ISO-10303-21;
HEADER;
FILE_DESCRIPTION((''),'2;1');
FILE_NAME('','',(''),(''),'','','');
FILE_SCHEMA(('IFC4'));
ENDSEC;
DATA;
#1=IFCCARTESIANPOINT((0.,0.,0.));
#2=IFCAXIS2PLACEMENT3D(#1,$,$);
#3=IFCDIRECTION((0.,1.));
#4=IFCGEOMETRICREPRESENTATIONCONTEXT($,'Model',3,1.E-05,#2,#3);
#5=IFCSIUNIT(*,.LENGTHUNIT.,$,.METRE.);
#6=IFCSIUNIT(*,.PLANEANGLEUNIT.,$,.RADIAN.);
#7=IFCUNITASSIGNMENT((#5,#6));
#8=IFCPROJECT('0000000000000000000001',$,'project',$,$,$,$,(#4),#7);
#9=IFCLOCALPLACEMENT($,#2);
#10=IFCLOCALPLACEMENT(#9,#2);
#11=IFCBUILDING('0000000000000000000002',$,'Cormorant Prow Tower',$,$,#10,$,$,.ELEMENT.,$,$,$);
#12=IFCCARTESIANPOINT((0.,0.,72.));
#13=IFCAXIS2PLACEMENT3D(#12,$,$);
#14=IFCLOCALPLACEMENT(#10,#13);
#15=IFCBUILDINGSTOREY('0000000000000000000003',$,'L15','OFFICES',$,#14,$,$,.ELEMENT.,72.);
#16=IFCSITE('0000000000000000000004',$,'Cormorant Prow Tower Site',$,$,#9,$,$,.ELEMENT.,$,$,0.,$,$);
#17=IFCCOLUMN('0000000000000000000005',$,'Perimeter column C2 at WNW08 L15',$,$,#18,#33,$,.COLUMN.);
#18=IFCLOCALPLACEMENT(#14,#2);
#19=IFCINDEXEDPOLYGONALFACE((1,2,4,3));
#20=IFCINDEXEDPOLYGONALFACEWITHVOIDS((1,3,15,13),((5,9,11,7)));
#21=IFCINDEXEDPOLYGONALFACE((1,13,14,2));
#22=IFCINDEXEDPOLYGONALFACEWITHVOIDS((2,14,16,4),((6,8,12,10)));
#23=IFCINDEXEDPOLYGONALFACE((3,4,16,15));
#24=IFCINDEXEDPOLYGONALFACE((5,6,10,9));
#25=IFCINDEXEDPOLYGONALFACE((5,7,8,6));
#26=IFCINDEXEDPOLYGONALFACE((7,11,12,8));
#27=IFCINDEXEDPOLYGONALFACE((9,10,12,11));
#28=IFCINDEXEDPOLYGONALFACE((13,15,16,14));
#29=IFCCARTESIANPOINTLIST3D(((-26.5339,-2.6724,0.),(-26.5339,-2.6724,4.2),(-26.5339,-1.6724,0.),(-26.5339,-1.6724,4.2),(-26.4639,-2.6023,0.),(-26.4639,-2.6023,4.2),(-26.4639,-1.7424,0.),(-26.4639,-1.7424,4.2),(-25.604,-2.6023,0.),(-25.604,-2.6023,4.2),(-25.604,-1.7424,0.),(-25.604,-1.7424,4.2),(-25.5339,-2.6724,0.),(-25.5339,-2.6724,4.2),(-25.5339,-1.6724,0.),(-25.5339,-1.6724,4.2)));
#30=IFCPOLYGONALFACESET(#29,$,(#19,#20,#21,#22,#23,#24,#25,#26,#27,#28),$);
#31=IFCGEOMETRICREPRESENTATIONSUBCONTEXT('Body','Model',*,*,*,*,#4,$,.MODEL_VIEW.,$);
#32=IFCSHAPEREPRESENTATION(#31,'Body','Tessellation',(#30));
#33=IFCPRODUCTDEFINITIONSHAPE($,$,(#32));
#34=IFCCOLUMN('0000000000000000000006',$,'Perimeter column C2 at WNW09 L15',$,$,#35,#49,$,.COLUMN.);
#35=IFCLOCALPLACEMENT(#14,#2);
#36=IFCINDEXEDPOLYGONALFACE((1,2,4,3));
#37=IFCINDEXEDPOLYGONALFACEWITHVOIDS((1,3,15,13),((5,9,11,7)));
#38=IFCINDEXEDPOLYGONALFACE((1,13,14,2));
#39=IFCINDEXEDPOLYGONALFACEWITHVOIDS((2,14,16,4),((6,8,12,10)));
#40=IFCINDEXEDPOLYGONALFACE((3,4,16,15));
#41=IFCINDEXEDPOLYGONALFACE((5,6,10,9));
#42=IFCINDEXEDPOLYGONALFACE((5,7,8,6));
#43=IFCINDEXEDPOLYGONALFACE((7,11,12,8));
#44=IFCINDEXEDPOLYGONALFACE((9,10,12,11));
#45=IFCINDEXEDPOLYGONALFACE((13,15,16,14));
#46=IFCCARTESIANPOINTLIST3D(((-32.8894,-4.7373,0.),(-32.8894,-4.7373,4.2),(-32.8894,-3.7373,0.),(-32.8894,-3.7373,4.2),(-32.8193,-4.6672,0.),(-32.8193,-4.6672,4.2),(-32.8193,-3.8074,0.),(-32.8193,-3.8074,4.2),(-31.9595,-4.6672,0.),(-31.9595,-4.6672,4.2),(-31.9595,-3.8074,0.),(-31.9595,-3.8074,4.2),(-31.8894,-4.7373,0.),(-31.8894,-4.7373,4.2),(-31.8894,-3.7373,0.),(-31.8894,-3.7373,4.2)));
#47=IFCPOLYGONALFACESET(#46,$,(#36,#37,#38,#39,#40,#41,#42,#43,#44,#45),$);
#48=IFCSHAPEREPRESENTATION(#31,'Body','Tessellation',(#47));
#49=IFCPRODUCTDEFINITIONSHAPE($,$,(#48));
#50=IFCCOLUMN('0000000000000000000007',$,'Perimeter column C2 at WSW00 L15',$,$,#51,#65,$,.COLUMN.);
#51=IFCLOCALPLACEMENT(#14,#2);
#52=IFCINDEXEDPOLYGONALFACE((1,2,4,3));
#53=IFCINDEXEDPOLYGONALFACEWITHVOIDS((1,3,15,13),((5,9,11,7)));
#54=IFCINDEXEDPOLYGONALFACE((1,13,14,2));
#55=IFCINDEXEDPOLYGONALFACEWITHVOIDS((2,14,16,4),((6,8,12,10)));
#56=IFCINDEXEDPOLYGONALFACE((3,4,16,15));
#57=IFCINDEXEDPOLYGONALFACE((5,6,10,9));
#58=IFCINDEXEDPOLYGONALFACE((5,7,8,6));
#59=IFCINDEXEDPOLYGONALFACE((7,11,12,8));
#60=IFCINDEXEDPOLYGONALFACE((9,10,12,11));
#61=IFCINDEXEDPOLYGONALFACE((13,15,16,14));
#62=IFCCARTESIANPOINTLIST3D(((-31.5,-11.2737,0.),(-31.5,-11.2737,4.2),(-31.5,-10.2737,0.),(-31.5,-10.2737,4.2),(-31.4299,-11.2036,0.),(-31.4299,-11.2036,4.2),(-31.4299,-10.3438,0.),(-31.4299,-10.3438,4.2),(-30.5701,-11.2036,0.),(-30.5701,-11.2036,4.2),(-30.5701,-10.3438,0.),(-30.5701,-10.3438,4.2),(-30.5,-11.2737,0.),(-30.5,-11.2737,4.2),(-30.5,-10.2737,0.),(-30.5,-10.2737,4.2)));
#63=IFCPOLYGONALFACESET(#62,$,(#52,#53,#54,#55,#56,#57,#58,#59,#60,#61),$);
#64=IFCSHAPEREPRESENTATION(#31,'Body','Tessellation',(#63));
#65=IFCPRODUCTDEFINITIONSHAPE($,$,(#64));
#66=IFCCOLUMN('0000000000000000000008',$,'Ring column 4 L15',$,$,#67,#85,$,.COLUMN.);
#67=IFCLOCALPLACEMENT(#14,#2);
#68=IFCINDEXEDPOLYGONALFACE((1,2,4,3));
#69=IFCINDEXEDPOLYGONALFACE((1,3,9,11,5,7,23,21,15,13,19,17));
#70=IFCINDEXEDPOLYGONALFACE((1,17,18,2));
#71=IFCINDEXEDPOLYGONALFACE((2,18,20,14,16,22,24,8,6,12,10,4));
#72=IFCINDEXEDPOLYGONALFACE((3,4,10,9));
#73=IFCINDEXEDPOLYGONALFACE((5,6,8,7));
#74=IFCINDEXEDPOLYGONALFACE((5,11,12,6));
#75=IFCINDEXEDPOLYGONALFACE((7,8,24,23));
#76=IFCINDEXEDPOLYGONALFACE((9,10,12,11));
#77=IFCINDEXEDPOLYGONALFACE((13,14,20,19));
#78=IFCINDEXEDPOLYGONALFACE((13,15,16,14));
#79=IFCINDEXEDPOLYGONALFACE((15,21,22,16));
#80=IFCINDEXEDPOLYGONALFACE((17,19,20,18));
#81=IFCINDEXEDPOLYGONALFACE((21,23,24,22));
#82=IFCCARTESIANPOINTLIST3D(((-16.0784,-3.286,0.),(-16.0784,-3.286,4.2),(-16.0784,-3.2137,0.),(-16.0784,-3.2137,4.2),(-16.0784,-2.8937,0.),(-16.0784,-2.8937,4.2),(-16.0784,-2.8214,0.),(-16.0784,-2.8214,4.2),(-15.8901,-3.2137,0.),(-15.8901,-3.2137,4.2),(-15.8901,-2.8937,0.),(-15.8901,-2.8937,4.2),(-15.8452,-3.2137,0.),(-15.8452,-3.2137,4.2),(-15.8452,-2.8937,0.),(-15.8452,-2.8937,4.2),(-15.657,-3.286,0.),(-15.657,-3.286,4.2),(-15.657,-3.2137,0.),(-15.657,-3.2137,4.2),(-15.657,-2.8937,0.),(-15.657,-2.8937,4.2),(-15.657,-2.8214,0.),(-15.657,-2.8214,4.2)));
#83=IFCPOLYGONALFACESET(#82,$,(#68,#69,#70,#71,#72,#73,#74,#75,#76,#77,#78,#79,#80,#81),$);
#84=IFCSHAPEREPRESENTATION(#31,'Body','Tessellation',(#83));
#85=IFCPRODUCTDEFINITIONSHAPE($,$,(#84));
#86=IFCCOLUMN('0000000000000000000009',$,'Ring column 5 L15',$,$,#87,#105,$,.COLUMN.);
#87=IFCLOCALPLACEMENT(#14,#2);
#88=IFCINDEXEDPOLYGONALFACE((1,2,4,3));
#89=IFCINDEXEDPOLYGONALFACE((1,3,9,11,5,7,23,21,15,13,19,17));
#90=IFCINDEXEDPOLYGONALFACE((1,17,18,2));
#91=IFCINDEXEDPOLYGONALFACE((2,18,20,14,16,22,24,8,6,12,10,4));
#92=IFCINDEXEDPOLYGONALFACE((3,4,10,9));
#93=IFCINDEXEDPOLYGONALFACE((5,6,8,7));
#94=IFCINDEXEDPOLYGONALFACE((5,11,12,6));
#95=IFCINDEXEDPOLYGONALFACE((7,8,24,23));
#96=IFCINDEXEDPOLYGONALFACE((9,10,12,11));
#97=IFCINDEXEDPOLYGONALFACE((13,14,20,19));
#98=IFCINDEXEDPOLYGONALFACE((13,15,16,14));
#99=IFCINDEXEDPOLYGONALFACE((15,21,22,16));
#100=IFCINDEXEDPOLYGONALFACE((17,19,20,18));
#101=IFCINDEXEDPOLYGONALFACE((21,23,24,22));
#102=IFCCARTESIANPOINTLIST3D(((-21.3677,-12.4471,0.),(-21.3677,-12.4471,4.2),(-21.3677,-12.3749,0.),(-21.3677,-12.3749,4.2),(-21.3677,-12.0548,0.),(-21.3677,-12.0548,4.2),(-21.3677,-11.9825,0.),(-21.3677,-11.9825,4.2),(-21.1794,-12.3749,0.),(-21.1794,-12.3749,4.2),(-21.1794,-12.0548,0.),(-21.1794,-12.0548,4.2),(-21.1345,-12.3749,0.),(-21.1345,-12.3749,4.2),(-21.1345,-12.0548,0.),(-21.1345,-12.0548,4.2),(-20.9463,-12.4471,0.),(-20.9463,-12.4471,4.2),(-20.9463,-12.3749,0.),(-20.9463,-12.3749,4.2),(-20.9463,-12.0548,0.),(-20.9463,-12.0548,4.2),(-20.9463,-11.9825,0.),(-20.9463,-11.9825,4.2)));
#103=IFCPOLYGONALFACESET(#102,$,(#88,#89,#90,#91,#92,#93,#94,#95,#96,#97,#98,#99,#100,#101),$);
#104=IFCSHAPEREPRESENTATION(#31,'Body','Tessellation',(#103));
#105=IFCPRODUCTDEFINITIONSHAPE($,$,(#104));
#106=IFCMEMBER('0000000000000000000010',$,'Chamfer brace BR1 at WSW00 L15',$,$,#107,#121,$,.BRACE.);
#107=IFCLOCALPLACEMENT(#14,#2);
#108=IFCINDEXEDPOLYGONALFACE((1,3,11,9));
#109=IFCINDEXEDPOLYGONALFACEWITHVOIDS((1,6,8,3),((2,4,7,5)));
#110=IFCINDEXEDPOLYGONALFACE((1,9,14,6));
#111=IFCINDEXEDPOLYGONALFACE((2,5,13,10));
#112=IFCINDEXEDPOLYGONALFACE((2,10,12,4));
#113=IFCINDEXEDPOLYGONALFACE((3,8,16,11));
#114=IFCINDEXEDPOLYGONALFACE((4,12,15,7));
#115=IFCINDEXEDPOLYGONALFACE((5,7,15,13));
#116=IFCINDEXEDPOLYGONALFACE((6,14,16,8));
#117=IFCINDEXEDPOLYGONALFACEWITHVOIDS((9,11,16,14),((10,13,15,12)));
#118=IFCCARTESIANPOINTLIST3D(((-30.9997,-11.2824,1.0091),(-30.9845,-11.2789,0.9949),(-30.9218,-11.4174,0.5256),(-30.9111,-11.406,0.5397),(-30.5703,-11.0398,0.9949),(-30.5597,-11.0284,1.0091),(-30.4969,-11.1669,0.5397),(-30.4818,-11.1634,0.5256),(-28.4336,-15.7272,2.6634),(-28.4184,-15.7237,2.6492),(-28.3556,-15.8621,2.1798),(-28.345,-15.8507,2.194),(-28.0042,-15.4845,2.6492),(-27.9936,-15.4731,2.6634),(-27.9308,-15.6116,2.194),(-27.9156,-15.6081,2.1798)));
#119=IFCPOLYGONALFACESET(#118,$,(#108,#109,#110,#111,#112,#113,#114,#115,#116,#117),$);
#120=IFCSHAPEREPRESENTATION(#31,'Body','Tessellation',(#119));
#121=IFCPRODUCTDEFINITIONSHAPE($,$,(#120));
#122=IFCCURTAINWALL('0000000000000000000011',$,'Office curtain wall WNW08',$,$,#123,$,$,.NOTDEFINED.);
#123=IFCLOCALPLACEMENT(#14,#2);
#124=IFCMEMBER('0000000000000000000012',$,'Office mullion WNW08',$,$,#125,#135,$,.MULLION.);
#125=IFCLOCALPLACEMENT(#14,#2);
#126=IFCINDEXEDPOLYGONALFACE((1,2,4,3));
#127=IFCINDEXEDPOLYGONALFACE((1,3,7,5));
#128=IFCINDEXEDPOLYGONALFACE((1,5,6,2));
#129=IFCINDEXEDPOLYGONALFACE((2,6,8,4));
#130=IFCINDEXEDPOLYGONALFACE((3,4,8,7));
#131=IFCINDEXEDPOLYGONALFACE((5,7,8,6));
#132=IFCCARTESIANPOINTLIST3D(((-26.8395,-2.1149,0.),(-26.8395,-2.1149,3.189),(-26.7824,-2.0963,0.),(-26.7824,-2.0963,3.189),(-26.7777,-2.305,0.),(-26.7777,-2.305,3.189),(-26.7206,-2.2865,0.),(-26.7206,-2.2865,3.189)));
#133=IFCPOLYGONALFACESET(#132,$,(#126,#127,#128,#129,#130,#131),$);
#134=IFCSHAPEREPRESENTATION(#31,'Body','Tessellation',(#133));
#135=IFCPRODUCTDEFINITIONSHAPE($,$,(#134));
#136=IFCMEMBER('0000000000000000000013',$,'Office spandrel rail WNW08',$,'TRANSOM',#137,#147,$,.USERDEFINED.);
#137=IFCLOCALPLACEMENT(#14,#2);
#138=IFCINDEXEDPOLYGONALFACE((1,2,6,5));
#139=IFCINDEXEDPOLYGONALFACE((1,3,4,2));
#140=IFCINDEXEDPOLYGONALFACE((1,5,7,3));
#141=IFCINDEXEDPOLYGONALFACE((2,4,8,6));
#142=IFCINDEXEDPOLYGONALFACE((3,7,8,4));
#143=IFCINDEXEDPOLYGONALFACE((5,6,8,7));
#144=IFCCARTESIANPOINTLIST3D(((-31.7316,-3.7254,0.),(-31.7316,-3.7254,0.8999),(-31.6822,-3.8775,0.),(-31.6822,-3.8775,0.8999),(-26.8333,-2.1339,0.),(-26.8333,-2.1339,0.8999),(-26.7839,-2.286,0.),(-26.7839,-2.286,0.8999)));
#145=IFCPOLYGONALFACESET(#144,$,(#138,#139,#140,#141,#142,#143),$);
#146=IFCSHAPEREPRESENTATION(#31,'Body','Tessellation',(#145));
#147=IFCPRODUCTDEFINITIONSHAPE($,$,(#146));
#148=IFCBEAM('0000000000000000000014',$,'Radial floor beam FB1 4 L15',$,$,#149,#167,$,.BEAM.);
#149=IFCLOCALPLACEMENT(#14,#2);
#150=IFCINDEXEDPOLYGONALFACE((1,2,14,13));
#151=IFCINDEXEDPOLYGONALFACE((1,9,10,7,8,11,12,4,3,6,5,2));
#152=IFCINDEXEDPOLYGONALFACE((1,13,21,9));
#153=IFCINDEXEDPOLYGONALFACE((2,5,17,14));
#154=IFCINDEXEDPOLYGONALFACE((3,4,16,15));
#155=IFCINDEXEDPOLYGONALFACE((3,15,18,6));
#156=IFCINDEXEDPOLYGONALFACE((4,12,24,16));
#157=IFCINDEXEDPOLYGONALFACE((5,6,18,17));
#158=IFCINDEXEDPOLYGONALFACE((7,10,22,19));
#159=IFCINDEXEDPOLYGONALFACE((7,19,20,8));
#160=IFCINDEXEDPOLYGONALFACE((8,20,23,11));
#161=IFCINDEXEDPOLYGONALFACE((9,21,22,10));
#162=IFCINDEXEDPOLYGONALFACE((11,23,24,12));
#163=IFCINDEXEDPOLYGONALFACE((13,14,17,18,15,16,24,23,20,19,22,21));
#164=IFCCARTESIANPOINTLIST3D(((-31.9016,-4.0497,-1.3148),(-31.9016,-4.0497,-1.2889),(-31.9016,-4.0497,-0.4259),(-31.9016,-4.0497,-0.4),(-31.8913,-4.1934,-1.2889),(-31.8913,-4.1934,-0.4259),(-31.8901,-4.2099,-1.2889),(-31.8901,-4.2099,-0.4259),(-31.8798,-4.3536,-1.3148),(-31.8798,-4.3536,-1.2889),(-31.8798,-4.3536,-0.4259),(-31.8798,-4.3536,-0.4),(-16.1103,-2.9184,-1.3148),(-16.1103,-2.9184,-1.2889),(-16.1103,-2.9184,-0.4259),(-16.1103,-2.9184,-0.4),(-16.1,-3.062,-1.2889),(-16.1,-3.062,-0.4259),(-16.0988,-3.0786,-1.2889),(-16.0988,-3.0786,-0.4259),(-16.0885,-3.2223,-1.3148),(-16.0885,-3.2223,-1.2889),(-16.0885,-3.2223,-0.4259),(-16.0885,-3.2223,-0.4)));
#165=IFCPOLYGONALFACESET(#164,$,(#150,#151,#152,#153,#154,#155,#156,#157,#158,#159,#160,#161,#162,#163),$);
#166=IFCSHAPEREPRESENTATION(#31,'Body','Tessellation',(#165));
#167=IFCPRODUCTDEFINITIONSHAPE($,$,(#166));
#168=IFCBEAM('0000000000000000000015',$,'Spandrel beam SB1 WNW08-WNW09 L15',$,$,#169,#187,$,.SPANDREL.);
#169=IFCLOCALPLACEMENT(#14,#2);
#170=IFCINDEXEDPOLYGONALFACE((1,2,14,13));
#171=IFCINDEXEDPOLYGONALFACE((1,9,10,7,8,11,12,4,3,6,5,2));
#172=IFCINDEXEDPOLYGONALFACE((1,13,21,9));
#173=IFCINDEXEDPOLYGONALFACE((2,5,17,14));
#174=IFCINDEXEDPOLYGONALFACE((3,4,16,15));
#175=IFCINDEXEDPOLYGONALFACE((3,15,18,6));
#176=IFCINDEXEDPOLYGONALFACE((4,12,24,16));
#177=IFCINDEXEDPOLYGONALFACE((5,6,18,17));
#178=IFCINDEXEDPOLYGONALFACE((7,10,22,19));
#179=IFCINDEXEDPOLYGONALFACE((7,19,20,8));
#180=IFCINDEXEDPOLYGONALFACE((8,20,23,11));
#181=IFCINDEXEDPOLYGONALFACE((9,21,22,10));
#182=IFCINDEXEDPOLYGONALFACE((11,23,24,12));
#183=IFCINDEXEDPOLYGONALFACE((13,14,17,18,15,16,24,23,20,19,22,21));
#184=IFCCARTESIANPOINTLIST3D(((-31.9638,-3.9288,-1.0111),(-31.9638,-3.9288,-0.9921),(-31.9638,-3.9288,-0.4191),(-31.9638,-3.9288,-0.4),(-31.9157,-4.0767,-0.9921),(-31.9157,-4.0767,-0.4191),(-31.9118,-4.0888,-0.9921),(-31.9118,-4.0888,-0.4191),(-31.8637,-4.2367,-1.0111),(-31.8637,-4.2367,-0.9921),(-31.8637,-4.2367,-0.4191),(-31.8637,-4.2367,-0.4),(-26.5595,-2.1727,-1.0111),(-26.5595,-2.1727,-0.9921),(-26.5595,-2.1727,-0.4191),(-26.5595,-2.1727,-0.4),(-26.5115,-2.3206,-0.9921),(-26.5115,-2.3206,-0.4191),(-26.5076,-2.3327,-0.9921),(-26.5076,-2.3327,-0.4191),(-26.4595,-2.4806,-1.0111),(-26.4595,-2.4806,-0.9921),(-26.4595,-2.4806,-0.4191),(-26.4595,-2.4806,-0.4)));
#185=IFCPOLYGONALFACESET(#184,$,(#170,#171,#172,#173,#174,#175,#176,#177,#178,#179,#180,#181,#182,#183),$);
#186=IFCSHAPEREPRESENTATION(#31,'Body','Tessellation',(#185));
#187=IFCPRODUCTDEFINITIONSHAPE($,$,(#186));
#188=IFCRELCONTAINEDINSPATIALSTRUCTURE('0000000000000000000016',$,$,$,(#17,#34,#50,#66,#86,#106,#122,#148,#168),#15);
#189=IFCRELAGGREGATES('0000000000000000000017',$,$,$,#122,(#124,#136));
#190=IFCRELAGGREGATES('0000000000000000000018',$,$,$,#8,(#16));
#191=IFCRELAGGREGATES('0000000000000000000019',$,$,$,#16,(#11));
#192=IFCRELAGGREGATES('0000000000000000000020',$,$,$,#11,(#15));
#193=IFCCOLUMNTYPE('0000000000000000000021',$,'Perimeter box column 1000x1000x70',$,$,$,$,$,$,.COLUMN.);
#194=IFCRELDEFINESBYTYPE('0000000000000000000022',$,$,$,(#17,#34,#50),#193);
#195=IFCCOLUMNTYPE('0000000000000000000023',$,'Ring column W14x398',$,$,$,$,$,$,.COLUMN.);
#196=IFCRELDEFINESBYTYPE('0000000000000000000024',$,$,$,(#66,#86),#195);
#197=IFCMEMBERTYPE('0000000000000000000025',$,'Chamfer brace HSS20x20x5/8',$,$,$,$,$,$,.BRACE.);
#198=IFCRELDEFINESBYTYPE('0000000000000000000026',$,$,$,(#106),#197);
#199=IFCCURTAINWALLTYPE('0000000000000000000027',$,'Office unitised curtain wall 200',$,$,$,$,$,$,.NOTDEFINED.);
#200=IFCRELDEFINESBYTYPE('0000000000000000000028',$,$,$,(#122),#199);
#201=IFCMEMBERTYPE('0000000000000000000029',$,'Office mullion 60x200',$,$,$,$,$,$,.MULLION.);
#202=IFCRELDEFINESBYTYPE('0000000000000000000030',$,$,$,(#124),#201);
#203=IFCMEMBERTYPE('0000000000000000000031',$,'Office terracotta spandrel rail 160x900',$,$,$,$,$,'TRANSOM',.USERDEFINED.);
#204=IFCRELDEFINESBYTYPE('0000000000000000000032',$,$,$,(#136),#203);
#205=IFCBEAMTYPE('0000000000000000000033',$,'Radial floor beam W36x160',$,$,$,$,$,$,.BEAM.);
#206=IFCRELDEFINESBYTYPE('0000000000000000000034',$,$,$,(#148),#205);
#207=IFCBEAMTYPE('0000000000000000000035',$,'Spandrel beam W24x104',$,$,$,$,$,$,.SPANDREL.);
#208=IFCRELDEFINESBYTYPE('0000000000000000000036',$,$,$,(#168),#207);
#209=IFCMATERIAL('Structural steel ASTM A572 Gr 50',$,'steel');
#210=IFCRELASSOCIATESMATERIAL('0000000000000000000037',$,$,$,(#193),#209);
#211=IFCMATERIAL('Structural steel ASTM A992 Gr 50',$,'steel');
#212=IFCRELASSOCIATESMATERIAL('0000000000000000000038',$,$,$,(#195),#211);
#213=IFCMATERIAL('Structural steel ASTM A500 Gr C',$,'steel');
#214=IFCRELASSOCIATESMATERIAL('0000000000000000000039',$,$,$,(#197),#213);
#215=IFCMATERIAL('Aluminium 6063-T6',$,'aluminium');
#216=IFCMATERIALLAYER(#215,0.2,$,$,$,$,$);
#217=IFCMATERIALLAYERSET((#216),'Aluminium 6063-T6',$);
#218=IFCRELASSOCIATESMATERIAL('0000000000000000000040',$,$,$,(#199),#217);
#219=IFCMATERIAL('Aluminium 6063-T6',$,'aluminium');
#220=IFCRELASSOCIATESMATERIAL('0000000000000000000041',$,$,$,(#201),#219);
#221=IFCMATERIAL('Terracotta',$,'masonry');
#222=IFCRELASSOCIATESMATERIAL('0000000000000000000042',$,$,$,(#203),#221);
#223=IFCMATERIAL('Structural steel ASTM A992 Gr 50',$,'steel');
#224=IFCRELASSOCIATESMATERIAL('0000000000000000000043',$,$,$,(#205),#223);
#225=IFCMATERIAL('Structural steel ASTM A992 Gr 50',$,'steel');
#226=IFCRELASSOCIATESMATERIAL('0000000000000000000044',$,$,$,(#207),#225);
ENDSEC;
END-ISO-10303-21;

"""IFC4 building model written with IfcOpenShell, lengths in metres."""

from ifc_helpers import new_model, si_unit, direction, frame, origin, origin_2d, place, context, subcontext, project, spatial, rectangle, hollow_rectangle, i_section, extrude, material, layer, layer_set, material_profile, profile_set, type_object, element, aggregate, save


model = new_model("IFC4")

# Units and contexts
model_context = context("Model", 3, precision=1e-05, world=origin(), true_north=direction((0.0, 1.0)))
body_context = subcontext(model_context, "Body", "Model", "MODEL_VIEW")
ifc_project = project(units=[si_unit("LENGTHUNIT", "METRE"), si_unit("PLANEANGLEUNIT", "RADIAN")], contexts=[model_context])

# Site, building, storey
site_placement = place(None, origin())
site = spatial("IfcSite", under=ifc_project, at=site_placement, Name="Cormorant Prow Tower Site", CompositionType="ELEMENT", RefElevation=0.0)
building_placement = place(site_placement, origin())
building = spatial("IfcBuilding", under=site, at=building_placement, Name="Cormorant Prow Tower", CompositionType="ELEMENT")
storey_placement = place(building_placement, frame((0.0, 0.0, 72.0)))
storey = spatial("IfcBuildingStorey", under=building, at=storey_placement, Name="L15", Description="OFFICES", CompositionType="ELEMENT", Elevation=72.0)

# Columns
ifc_material_1 = material(Name="Structural steel ASTM A572 Gr 50", Category="steel")
ifc_material_profile_1 = material_profile(ifc_material_1, hollow_rectangle(XDim=1.0, YDim=1.0, WallThickness=0.0701, at=origin_2d()), Name="Box 1000x1000x70")
ifc_profile_set_1 = profile_set([ifc_material_profile_1], Name="Structural steel ASTM A572 Gr 50")
column_type_1 = type_object("IfcColumnType", Name="Perimeter box column 1000x1000x70", PredefinedType="COLUMN", material=ifc_profile_set_1)
for number, where, z_axis, x_axis, name in (
    (1, (-26.0339, -2.1724, 0.0), (0.0, 0.0, 1.0), (1.0, 0.0, 0.0), "Perimeter column C2 at WNW08 L15"),
    (2, (-32.3894, -4.2373, 0.0), (0.0, 0.0, 1.0), (1.0, 0.0, 0.0), "Perimeter column C2 at WNW09 L15"),
    (3, (-31.0, -10.7737, 0.0), (0.0, 0.0, 1.0), (1.0, 0.0, 0.0), "Perimeter column C2 at WSW00 L15"),
):
    element("IfcColumn", number, at=place(storey_placement, frame(where, z_axis=z_axis, x_axis=x_axis)), inside=storey, type_object=column_type_1, Name=name, PredefinedType="COLUMN", context=body_context, shape_type="SweptSolid", body=[
        extrude(hollow_rectangle(XDim=1.0, YDim=1.0, WallThickness=0.0701, at=origin_2d()), origin(), (0.0, 0.0, 1.0), 4.2),
    ])
ifc_material_2 = material(Name="Structural steel ASTM A992 Gr 50", Category="steel")
ifc_material_profile_2 = material_profile(ifc_material_2, i_section(OverallWidth=0.4214, OverallDepth=0.4646, WebThickness=0.0449, FlangeThickness=0.0723, at=origin_2d()), Name="W14x398")
ifc_profile_set_2 = profile_set([ifc_material_profile_2], Name="Structural steel ASTM A992 Gr 50")
column_type_2 = type_object("IfcColumnType", Name="Ring column W14x398", PredefinedType="COLUMN", material=ifc_profile_set_2)
for number, where, z_axis, x_axis, name in (
    (4, (-15.8677, -3.0537, 0.0), (0.0, 0.0, 1.0), (1.0, 0.0, 0.0), "Ring column 4 L15"),
    (5, (-21.157, -12.2148, 0.0), (0.0, 0.0, 1.0), (1.0, 0.0, 0.0), "Ring column 5 L15"),
):
    element("IfcColumn", number, at=place(storey_placement, frame(where, z_axis=z_axis, x_axis=x_axis)), inside=storey, type_object=column_type_2, Name=name, PredefinedType="COLUMN", context=body_context, shape_type="SweptSolid", body=[
        extrude(i_section(OverallWidth=0.4214, OverallDepth=0.4646, WebThickness=0.0449, FlangeThickness=0.0723, at=origin_2d()), origin(), (0.0, 0.0, 1.0), 4.2),
    ])

# Member
ifc_material_3 = material(Name="Structural steel ASTM A500 Gr C", Category="steel")
ifc_material_profile_3 = material_profile(ifc_material_3, hollow_rectangle(XDim=0.5081, YDim=0.5081, WallThickness=0.0149, at=origin_2d()), Name="HSS20x20x5/8")
ifc_profile_set_3 = profile_set([ifc_material_profile_3], Name="Structural steel ASTM A500 Gr C")
member_type_1 = type_object("IfcMemberType", Name="Chamfer brace HSS20x20x5/8", PredefinedType="BRACE", material=ifc_profile_set_3)
member_1_placement = place(storey_placement, frame((-30.7407, -11.2229, 0.7673), z_axis=(0.475882, -0.82427, 0.306781), x_axis=(0.86603, 0.499991, 0.0)))
element("IfcMember", 6, at=member_1_placement, inside=storey, type_object=member_type_1, Name="Chamfer brace BR1 at WSW00 L15", PredefinedType="BRACE", context=body_context, shape_type="SweptSolid", body=[
    extrude(hollow_rectangle(XDim=0.5081, YDim=0.5081, WallThickness=0.0149, at=origin_2d()), origin(), (0.0, 0.0, 1.0), 5.3923),
])

# Curtain wall, members
ifc_material_4 = material(Name="Aluminium 6063-T6", Category="aluminium")
ifc_layer_1 = layer(ifc_material_4, 0.2)
ifc_layer_set_1 = layer_set([ifc_layer_1], Name="Aluminium 6063-T6")
curtain_wall_type = type_object("IfcCurtainWallType", Name="Office unitised curtain wall 200", PredefinedType="NOTDEFINED", material=ifc_layer_set_1)
curtain_wall_placement = place(storey_placement, origin())
curtain_wall = element("IfcCurtainWall", 7, at=curtain_wall_placement, inside=storey, type_object=curtain_wall_type, Name="Office curtain wall WNW08", PredefinedType="NOTDEFINED")
ifc_material_5 = material(Name="Aluminium 6063-T6", Category="aluminium")
ifc_material_profile_4 = material_profile(ifc_material_5, rectangle(XDim=0.2, YDim=0.0601, at=origin_2d()), Name="Office mullion 60x200")
ifc_profile_set_4 = profile_set([ifc_material_profile_4], Name="Aluminium 6063-T6")
member_type_2 = type_object("IfcMemberType", Name="Office mullion 60x200", PredefinedType="MULLION", material=ifc_profile_set_4)
member_2_placement = place(storey_placement, frame((-26.78, -2.2007, 0.0), z_axis=(0.0, 0.0, 1.0), x_axis=(0.309017, -0.951057, 0.0)))
member_2 = element("IfcMember", 8, at=member_2_placement, type_object=member_type_2, Name="Office mullion WNW08", PredefinedType="MULLION", context=body_context, shape_type="SweptSolid", body=[
    extrude(rectangle(XDim=0.2, YDim=0.0601, at=origin_2d()), origin(), (0.0, 0.0, 1.0), 3.189),
])
ifc_material_6 = material(Name="Terracotta", Category="masonry")
ifc_material_profile_5 = material_profile(ifc_material_6, rectangle(XDim=0.1599, YDim=0.8999, at=origin_2d()), Name="Office terracotta spandrel rail 160x900")
ifc_profile_set_5 = profile_set([ifc_material_profile_5], Name="Terracotta")
member_type_3 = type_object("IfcMemberType", Name="Office terracotta spandrel rail 160x900", ElementType="TRANSOM", PredefinedType="USERDEFINED", material=ifc_profile_set_5)
member_3_placement = place(storey_placement, frame((-26.8086, -2.21, 0.45), z_axis=(-0.951059, -0.309009, 0.0), x_axis=(0.309009, -0.951059, 0.0)))
member_3 = element("IfcMember", 9, at=member_3_placement, type_object=member_type_3, Name="Office spandrel rail WNW08", ObjectType="TRANSOM", PredefinedType="USERDEFINED", context=body_context, shape_type="SweptSolid", body=[
    extrude(rectangle(XDim=0.1599, YDim=0.8999, at=origin_2d()), origin(), (0.0, 0.0, 1.0), 5.1504),
])

# Beams
ifc_material_7 = material(Name="Structural steel ASTM A992 Gr 50", Category="steel")
ifc_material_profile_6 = material_profile(ifc_material_7, i_section(OverallWidth=0.3047, OverallDepth=0.9148, WebThickness=0.0166, FlangeThickness=0.0259, at=origin_2d()), Name="W36x160")
ifc_profile_set_6 = profile_set([ifc_material_profile_6], Name="Structural steel ASTM A992 Gr 50")
beam_type_1 = type_object("IfcBeamType", Name="Radial floor beam W36x160", PredefinedType="BEAM", material=ifc_profile_set_6)
beam_1_placement = place(storey_placement, frame((-16.0994, -3.0703, -0.8574), z_axis=(-0.997443, -0.071461, 0.0), x_axis=(0.071461, -0.997443, 0.0)))
element("IfcBeam", 10, at=beam_1_placement, inside=storey, type_object=beam_type_1, Name="Radial floor beam FB1 4 L15", PredefinedType="BEAM", context=body_context, shape_type="SweptSolid", body=[
    extrude(i_section(OverallWidth=0.3047, OverallDepth=0.9148, WebThickness=0.0166, FlangeThickness=0.0259, at=origin_2d()), origin(), (0.0, 0.0, 1.0), 15.8318),
])
ifc_material_8 = material(Name="Structural steel ASTM A992 Gr 50", Category="steel")
ifc_material_profile_7 = material_profile(ifc_material_8, i_section(OverallWidth=0.3237, OverallDepth=0.6111, WebThickness=0.0127, FlangeThickness=0.019, at=origin_2d()), Name="W24x104")
ifc_profile_set_7 = profile_set([ifc_material_profile_7], Name="Structural steel ASTM A992 Gr 50")
beam_type_2 = type_object("IfcBeamType", Name="Spandrel beam W24x104", PredefinedType="SPANDREL", material=ifc_profile_set_7)
beam_2_placement = place(storey_placement, frame((-26.5095, -2.3267, -0.7056), z_axis=(-0.951049, -0.309039, 0.0), x_axis=(0.309039, -0.951049, 0.0)))
element("IfcBeam", 11, at=beam_2_placement, inside=storey, type_object=beam_type_2, Name="Spandrel beam SB1 WNW08-WNW09 L15", PredefinedType="SPANDREL", context=body_context, shape_type="SweptSolid", body=[
    extrude(i_section(OverallWidth=0.3237, OverallDepth=0.6111, WebThickness=0.0127, FlangeThickness=0.019, at=origin_2d()), origin(), (0.0, 0.0, 1.0), 5.6824),
])

aggregate(curtain_wall, [member_2, member_3])

save(model, "model.ifc")
